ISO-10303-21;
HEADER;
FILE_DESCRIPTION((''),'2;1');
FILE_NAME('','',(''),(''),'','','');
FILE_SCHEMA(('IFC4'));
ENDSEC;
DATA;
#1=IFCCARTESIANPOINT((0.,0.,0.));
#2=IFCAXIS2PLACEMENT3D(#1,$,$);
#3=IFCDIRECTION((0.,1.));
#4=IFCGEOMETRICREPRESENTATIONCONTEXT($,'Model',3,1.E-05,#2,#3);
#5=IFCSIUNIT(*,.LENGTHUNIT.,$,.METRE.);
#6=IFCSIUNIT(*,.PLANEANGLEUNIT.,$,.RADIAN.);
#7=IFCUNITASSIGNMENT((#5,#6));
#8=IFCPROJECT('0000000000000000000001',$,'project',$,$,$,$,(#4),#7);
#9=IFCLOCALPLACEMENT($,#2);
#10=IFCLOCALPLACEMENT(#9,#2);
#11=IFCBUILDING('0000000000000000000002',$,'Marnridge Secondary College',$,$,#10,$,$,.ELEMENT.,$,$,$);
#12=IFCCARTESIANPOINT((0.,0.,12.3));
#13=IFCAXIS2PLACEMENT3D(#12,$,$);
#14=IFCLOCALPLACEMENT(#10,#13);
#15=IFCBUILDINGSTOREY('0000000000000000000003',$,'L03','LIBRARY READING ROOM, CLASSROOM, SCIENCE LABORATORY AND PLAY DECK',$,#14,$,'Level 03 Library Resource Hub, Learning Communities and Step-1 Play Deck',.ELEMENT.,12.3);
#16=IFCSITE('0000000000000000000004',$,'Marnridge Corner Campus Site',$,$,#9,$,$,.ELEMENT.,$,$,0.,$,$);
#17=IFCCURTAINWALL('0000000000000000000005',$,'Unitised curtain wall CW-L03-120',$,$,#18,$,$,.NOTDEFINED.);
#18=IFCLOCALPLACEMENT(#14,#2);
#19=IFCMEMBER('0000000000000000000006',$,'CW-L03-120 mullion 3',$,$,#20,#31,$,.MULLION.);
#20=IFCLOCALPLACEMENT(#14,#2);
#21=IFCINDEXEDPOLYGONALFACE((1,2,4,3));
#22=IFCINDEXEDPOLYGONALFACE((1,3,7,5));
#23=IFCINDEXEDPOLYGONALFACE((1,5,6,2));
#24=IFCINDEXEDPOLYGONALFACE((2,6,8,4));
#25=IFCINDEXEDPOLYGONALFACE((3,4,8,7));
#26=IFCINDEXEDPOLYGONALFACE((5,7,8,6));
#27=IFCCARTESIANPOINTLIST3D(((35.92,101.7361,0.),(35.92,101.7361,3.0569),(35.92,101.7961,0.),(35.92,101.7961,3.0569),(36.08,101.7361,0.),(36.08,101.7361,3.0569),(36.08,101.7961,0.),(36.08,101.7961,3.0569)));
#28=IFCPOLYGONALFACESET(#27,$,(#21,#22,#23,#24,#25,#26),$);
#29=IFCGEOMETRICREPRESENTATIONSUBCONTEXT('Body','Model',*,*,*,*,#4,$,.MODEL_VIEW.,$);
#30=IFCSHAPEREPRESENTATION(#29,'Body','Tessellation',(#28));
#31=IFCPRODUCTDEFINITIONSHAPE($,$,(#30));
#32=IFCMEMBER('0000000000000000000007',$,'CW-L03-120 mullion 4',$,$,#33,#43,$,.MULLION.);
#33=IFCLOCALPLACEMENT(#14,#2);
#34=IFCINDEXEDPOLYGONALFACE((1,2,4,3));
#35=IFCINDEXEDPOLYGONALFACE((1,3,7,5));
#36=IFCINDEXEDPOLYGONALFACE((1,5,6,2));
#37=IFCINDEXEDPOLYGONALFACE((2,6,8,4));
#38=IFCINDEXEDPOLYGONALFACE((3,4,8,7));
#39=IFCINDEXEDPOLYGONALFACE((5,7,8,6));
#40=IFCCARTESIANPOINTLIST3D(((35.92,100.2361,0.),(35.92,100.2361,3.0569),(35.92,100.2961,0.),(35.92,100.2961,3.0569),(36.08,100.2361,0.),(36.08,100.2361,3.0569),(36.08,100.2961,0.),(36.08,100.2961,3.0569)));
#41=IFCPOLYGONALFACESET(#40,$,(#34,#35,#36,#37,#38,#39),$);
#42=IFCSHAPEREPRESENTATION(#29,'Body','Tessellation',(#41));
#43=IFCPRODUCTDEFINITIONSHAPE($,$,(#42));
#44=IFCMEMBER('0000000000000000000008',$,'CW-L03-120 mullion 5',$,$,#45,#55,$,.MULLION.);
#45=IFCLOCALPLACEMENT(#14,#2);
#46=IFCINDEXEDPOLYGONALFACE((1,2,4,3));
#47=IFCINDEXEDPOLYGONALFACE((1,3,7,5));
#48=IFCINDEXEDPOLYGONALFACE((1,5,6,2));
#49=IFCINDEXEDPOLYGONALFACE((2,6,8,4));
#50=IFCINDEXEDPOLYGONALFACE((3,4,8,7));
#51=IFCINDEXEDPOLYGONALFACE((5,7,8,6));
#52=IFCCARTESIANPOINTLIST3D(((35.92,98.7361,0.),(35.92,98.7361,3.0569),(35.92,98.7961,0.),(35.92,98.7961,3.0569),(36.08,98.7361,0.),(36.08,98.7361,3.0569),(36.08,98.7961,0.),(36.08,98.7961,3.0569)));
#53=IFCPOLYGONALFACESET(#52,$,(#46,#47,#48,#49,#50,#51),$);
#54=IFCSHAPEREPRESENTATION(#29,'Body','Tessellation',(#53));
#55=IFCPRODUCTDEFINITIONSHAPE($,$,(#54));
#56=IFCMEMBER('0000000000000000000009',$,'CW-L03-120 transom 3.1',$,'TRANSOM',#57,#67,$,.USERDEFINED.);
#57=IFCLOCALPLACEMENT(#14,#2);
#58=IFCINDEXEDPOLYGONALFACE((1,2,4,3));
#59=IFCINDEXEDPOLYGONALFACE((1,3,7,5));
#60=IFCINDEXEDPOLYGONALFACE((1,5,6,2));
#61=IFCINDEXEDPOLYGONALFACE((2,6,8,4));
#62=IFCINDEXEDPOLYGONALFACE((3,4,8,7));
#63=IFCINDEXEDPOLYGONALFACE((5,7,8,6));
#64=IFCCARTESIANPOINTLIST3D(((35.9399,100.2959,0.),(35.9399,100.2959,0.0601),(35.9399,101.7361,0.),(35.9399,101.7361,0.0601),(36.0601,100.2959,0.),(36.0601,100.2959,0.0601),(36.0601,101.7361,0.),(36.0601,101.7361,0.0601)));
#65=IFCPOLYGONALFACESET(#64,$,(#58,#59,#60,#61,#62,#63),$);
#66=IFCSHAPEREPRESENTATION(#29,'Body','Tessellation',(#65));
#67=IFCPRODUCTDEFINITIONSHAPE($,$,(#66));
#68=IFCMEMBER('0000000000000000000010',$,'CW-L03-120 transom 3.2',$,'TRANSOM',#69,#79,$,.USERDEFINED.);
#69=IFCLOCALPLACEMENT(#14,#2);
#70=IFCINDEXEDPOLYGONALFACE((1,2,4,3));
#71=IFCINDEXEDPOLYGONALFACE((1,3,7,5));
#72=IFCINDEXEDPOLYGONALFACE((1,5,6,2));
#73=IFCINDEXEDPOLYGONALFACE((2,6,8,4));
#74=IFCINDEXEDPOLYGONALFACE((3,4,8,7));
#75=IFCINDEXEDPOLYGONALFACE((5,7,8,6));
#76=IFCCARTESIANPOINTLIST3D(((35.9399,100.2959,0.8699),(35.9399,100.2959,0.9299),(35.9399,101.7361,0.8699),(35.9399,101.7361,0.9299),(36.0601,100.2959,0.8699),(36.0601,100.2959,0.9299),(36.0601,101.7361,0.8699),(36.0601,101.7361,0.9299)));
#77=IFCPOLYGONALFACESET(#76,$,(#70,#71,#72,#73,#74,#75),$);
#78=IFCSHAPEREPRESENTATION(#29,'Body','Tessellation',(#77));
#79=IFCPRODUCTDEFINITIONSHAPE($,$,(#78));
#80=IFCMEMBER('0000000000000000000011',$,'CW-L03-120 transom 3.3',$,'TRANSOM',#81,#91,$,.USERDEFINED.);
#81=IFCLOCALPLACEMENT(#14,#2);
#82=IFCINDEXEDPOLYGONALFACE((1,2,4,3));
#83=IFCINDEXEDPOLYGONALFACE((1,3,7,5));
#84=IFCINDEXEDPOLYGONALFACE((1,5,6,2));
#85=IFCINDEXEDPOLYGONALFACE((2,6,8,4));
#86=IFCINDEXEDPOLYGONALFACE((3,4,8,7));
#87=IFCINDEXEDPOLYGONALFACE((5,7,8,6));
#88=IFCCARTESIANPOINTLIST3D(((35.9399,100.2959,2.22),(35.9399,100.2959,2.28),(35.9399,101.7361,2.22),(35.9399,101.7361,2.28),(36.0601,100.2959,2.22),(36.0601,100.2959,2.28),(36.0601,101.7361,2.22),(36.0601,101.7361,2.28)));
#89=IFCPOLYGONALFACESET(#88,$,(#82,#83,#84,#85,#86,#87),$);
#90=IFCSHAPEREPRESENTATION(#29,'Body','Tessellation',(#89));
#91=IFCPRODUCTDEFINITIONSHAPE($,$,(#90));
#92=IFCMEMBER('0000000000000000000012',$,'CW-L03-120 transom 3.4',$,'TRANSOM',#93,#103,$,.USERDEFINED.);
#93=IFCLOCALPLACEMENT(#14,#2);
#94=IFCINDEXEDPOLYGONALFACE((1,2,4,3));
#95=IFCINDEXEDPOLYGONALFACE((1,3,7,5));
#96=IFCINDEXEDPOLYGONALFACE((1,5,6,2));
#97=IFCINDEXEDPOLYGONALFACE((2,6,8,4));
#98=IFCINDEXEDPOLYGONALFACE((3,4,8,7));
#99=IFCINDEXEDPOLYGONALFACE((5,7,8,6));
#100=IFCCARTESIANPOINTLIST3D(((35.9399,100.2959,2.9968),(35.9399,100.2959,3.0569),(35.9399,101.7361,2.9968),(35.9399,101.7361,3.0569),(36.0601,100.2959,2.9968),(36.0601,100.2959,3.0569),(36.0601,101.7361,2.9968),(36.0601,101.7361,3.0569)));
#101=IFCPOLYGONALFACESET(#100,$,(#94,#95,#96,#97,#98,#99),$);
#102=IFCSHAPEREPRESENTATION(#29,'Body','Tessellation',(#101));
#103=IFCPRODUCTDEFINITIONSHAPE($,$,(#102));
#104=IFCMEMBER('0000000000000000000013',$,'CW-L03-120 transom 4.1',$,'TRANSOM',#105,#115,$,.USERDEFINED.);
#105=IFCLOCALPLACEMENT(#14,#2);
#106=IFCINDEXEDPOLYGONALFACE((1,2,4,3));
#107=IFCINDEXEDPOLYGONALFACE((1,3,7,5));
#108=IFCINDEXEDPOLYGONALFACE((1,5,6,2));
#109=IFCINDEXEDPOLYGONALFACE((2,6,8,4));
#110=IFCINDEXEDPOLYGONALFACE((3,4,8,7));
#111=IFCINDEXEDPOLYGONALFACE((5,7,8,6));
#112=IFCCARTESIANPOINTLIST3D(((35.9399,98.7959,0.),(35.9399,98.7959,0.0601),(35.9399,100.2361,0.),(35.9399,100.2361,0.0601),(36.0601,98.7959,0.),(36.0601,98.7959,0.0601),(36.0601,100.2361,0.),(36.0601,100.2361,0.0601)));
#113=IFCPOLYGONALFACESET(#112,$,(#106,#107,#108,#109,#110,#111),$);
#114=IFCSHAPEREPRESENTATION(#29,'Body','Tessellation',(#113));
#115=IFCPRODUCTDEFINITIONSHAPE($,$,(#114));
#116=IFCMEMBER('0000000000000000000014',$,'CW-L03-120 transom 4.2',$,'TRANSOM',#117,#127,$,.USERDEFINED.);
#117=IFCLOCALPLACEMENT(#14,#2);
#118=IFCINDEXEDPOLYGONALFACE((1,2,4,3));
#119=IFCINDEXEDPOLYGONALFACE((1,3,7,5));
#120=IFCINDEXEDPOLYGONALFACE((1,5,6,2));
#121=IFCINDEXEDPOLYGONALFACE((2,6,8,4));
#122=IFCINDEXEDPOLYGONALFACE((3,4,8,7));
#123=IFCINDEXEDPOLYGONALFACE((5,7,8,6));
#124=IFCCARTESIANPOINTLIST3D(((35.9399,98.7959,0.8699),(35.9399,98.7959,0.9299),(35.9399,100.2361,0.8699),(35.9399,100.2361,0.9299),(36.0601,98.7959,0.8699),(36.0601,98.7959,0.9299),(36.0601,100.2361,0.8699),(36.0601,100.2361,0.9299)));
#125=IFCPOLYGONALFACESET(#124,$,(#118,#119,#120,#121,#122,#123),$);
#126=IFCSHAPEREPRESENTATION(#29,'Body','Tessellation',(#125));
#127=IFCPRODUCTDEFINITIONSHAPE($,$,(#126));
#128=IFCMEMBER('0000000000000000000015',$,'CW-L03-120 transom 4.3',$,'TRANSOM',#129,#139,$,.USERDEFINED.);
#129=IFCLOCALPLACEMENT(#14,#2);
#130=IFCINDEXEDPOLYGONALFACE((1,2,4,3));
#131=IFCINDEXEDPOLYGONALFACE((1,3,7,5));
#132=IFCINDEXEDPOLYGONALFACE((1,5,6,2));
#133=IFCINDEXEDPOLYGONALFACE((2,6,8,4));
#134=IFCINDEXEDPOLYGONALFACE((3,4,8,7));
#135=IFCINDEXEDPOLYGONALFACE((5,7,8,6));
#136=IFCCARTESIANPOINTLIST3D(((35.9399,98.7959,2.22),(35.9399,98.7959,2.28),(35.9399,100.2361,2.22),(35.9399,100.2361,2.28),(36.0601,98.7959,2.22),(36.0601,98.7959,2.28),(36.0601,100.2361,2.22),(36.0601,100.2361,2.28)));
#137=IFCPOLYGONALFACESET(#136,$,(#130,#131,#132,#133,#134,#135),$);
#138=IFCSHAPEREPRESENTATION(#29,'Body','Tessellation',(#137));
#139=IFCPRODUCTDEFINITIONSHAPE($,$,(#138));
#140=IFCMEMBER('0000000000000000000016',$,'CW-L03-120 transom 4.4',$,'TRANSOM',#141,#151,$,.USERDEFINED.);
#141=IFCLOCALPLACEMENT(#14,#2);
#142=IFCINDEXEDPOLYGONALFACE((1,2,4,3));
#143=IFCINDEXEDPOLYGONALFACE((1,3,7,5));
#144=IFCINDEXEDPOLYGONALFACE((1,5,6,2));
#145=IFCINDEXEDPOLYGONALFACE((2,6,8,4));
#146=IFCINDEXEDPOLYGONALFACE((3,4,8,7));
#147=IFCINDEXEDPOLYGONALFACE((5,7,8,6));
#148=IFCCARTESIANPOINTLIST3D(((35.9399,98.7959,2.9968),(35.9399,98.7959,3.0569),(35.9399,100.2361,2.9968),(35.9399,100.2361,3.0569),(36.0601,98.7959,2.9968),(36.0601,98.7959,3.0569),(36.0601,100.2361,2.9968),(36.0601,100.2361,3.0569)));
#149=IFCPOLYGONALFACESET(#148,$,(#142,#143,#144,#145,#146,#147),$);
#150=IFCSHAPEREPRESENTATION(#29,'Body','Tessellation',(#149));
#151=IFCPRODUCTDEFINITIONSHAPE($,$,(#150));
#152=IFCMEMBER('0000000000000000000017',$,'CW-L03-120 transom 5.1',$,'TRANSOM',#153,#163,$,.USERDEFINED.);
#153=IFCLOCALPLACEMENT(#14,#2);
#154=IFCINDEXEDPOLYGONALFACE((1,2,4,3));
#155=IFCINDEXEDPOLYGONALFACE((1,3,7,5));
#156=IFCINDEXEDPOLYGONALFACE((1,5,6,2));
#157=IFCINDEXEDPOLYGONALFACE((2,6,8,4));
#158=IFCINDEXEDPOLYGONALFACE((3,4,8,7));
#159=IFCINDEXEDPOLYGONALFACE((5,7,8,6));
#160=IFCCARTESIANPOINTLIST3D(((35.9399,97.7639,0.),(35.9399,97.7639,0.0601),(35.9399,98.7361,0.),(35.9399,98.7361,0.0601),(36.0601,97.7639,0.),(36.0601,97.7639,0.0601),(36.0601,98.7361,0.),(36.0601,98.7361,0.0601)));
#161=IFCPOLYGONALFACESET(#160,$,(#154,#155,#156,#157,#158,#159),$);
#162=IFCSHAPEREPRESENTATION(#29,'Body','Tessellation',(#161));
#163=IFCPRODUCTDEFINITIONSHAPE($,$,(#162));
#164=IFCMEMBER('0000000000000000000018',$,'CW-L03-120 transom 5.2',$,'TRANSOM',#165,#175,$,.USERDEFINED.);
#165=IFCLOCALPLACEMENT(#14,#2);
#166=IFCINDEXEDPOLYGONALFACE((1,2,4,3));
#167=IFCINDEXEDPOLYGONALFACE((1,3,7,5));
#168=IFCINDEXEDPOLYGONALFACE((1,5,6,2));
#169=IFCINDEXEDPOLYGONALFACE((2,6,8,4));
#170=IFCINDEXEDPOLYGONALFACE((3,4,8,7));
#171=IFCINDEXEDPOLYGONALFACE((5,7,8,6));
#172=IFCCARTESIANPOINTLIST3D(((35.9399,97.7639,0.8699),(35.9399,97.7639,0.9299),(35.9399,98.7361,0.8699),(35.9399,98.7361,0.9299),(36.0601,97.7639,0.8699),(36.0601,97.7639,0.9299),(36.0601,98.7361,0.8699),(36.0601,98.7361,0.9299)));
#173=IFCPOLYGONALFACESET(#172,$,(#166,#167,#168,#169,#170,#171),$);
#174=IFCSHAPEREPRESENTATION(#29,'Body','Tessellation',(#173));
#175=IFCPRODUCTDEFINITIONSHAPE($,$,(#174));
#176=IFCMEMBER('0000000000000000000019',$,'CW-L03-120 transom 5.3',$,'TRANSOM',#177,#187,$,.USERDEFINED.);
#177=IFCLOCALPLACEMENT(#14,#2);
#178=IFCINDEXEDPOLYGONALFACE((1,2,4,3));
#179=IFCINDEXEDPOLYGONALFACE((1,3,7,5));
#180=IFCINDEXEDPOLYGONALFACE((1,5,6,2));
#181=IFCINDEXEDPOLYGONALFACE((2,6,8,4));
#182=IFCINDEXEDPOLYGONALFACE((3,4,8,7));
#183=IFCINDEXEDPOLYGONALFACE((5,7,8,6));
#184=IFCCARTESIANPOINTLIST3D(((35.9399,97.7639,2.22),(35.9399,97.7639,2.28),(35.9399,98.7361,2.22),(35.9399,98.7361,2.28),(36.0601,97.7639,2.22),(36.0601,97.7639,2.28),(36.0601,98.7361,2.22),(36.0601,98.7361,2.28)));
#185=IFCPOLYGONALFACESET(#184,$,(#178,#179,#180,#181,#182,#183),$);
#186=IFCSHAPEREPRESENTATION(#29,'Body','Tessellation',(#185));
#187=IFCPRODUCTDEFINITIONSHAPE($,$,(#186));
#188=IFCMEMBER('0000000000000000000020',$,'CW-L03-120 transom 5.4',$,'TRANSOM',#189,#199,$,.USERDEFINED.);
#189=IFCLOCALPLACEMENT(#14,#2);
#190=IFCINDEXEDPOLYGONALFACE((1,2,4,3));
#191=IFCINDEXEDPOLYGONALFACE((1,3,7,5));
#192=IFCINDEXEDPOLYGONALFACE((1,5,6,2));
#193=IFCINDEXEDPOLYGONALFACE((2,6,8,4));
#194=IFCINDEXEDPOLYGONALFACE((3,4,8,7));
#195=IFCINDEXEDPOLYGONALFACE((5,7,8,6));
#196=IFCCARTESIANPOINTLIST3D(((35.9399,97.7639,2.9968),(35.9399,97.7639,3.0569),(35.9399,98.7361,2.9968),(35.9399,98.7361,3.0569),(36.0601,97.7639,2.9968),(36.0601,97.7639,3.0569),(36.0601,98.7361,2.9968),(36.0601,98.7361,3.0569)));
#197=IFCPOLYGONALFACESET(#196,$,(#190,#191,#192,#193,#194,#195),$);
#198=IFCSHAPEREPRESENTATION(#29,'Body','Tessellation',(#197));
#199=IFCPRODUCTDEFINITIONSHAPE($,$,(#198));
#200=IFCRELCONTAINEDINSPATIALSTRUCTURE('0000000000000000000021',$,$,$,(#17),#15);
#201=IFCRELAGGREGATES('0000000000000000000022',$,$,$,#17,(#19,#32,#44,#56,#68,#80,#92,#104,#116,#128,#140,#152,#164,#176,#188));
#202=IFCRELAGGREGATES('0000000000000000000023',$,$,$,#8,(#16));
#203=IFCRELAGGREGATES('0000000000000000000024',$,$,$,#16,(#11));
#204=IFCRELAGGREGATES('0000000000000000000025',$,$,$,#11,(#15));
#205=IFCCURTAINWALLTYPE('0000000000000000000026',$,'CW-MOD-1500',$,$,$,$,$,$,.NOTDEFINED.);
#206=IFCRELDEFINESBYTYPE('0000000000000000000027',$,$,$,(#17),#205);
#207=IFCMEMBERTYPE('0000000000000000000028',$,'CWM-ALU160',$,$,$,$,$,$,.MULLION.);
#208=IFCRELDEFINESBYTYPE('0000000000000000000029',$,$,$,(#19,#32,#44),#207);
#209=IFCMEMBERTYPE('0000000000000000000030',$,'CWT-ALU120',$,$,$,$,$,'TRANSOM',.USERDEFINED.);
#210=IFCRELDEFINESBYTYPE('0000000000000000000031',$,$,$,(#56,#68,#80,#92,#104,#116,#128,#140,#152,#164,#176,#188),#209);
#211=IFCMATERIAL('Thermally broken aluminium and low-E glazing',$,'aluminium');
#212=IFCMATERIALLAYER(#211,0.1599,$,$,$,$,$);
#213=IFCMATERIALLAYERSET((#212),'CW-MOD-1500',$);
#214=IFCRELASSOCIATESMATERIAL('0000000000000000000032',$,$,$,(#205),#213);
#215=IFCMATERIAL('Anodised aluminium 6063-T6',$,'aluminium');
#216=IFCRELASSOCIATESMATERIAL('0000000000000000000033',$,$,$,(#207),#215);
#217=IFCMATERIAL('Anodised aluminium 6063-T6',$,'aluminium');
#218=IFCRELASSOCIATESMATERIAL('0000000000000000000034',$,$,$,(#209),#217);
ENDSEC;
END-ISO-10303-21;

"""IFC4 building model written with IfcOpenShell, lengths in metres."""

from ifc_helpers import new_model, si_unit, direction, frame, origin, origin_2d, place, context, subcontext, project, spatial, rectangle, extrude, material, layer, layer_set, material_profile, profile_set, type_object, element, aggregate, save


model = new_model("IFC4")

# Units and contexts
model_context = context("Model", 3, precision=1e-05, world=origin(), true_north=direction((0.0, 1.0)))
body_context = subcontext(model_context, "Body", "Model", "MODEL_VIEW")
ifc_project = project(units=[si_unit("LENGTHUNIT", "METRE"), si_unit("PLANEANGLEUNIT", "RADIAN")], contexts=[model_context])

# Site, building, storey
site_placement = place(None, origin())
site = spatial("IfcSite", under=ifc_project, at=site_placement, Name="Marnridge Corner Campus Site", CompositionType="ELEMENT", RefElevation=0.0)
building_placement = place(site_placement, origin())
building = spatial("IfcBuilding", under=site, at=building_placement, Name="Marnridge Secondary College", CompositionType="ELEMENT")
storey_placement = place(building_placement, frame((0.0, 0.0, 12.3)))
storey = spatial("IfcBuildingStorey", under=building, at=storey_placement, Name="L03", Description="LIBRARY READING ROOM, CLASSROOM, SCIENCE LABORATORY AND PLAY DECK", LongName="Level 03 Library Resource Hub, Learning Communities and Step-1 Play Deck", CompositionType="ELEMENT", Elevation=12.3)

# Curtain wall, members
ifc_material_1 = material(Name="Thermally broken aluminium and low-E glazing", Category="aluminium")
ifc_layer_1 = layer(ifc_material_1, 0.1599)
ifc_layer_set_1 = layer_set([ifc_layer_1], Name="CW-MOD-1500")
curtain_wall_type = type_object("IfcCurtainWallType", Name="CW-MOD-1500", PredefinedType="NOTDEFINED", material=ifc_layer_set_1)
curtain_wall_placement = place(storey_placement, origin())
curtain_wall = element("IfcCurtainWall", 1, at=curtain_wall_placement, inside=storey, type_object=curtain_wall_type, Name="Unitised curtain wall CW-L03-120", PredefinedType="NOTDEFINED")
ifc_material_2 = material(Name="Anodised aluminium 6063-T6", Category="aluminium")
ifc_material_profile_1 = material_profile(ifc_material_2, rectangle(XDim=0.0601, YDim=0.1599, at=origin_2d()), Name="ALU 60x160")
ifc_profile_set_1 = profile_set([ifc_material_profile_1], Name="Anodised aluminium 6063-T6")
member_type_1 = type_object("IfcMemberType", Name="CWM-ALU160", PredefinedType="MULLION", material=ifc_profile_set_1)
member_1_placement = place(storey_placement, frame((36.0, 101.7661, 0.0), z_axis=(0.0, 0.0, 1.0), x_axis=(0.0, -1.0, 0.0)))
member_1 = element("IfcMember", 2, at=member_1_placement, type_object=member_type_1, Name="CW-L03-120 mullion 3", PredefinedType="MULLION", context=body_context, shape_type="SweptSolid", body=[
    extrude(rectangle(XDim=0.0601, YDim=0.1599, at=origin_2d()), origin(), (0.0, 0.0, 1.0), 3.0569),
])
member_2_placement = place(storey_placement, frame((36.0, 100.2661, 0.0), z_axis=(0.0, 0.0, 1.0), x_axis=(0.0, -1.0, 0.0)))
member_2 = element("IfcMember", 3, at=member_2_placement, type_object=member_type_1, Name="CW-L03-120 mullion 4", PredefinedType="MULLION", context=body_context, shape_type="SweptSolid", body=[
    extrude(rectangle(XDim=0.0601, YDim=0.1599, at=origin_2d()), origin(), (0.0, 0.0, 1.0), 3.0569),
])
member_3_placement = place(storey_placement, frame((36.0, 98.7661, 0.0), z_axis=(0.0, 0.0, 1.0), x_axis=(0.0, -1.0, 0.0)))
member_3 = element("IfcMember", 4, at=member_3_placement, type_object=member_type_1, Name="CW-L03-120 mullion 5", PredefinedType="MULLION", context=body_context, shape_type="SweptSolid", body=[
    extrude(rectangle(XDim=0.0601, YDim=0.1599, at=origin_2d()), origin(), (0.0, 0.0, 1.0), 3.0569),
])
ifc_material_3 = material(Name="Anodised aluminium 6063-T6", Category="aluminium")
ifc_material_profile_2 = material_profile(ifc_material_3, rectangle(XDim=0.0601, YDim=0.1201, at=origin_2d()), Name="ALU 60x120")
ifc_profile_set_2 = profile_set([ifc_material_profile_2], Name="Anodised aluminium 6063-T6")
member_type_2 = type_object("IfcMemberType", Name="CWT-ALU120", ElementType="TRANSOM", PredefinedType="USERDEFINED", material=ifc_profile_set_2)
member_4_placement = place(storey_placement, frame((36.0, 101.7361, 0.03), z_axis=(0.0, -1.0, 0.0), x_axis=(0.0, 0.0, 1.0)))
member_4 = element("IfcMember", 5, at=member_4_placement, type_object=member_type_2, Name="CW-L03-120 transom 3.1", ObjectType="TRANSOM", PredefinedType="USERDEFINED", context=body_context, shape_type="SweptSolid", body=[
    extrude(rectangle(XDim=0.0601, YDim=0.1201, at=origin_2d()), origin(), (0.0, 0.0, 1.0), 1.4402),
])
member_5_placement = place(storey_placement, frame((36.0, 101.7361, 0.8999), z_axis=(0.0, -1.0, 0.0), x_axis=(0.0, 0.0, 1.0)))
member_5 = element("IfcMember", 6, at=member_5_placement, type_object=member_type_2, Name="CW-L03-120 transom 3.2", ObjectType="TRANSOM", PredefinedType="USERDEFINED", context=body_context, shape_type="SweptSolid", body=[
    extrude(rectangle(XDim=0.0601, YDim=0.1201, at=origin_2d()), origin(), (0.0, 0.0, 1.0), 1.4402),
])
member_6_placement = place(storey_placement, frame((36.0, 101.7361, 2.25), z_axis=(0.0, -1.0, 0.0), x_axis=(0.0, 0.0, 1.0)))
member_6 = element("IfcMember", 7, at=member_6_placement, type_object=member_type_2, Name="CW-L03-120 transom 3.3", ObjectType="TRANSOM", PredefinedType="USERDEFINED", context=body_context, shape_type="SweptSolid", body=[
    extrude(rectangle(XDim=0.0601, YDim=0.1201, at=origin_2d()), origin(), (0.0, 0.0, 1.0), 1.4402),
])
member_7_placement = place(storey_placement, frame((36.0, 101.7361, 3.0269), z_axis=(0.0, -1.0, 0.0), x_axis=(0.0, 0.0, 1.0)))
member_7 = element("IfcMember", 8, at=member_7_placement, type_object=member_type_2, Name="CW-L03-120 transom 3.4", ObjectType="TRANSOM", PredefinedType="USERDEFINED", context=body_context, shape_type="SweptSolid", body=[
    extrude(rectangle(XDim=0.0601, YDim=0.1201, at=origin_2d()), origin(), (0.0, 0.0, 1.0), 1.4402),
])
member_8_placement = place(storey_placement, frame((36.0, 100.2361, 0.03), z_axis=(0.0, -1.0, 0.0), x_axis=(0.0, 0.0, 1.0)))
member_8 = element("IfcMember", 9, at=member_8_placement, type_object=member_type_2, Name="CW-L03-120 transom 4.1", ObjectType="TRANSOM", PredefinedType="USERDEFINED", context=body_context, shape_type="SweptSolid", body=[
    extrude(rectangle(XDim=0.0601, YDim=0.1201, at=origin_2d()), origin(), (0.0, 0.0, 1.0), 1.4402),
])
member_9_placement = place(storey_placement, frame((36.0, 100.2361, 0.8999), z_axis=(0.0, -1.0, 0.0), x_axis=(0.0, 0.0, 1.0)))
member_9 = element("IfcMember", 10, at=member_9_placement, type_object=member_type_2, Name="CW-L03-120 transom 4.2", ObjectType="TRANSOM", PredefinedType="USERDEFINED", context=body_context, shape_type="SweptSolid", body=[
    extrude(rectangle(XDim=0.0601, YDim=0.1201, at=origin_2d()), origin(), (0.0, 0.0, 1.0), 1.4402),
])
member_10_placement = place(storey_placement, frame((36.0, 100.2361, 2.25), z_axis=(0.0, -1.0, 0.0), x_axis=(0.0, 0.0, 1.0)))
member_10 = element("IfcMember", 11, at=member_10_placement, type_object=member_type_2, Name="CW-L03-120 transom 4.3", ObjectType="TRANSOM", PredefinedType="USERDEFINED", context=body_context, shape_type="SweptSolid", body=[
    extrude(rectangle(XDim=0.0601, YDim=0.1201, at=origin_2d()), origin(), (0.0, 0.0, 1.0), 1.4402),
])
member_11_placement = place(storey_placement, frame((36.0, 100.2361, 3.0269), z_axis=(0.0, -1.0, 0.0), x_axis=(0.0, 0.0, 1.0)))
member_11 = element("IfcMember", 12, at=member_11_placement, type_object=member_type_2, Name="CW-L03-120 transom 4.4", ObjectType="TRANSOM", PredefinedType="USERDEFINED", context=body_context, shape_type="SweptSolid", body=[
    extrude(rectangle(XDim=0.0601, YDim=0.1201, at=origin_2d()), origin(), (0.0, 0.0, 1.0), 1.4402),
])
member_12_placement = place(storey_placement, frame((36.0, 98.7361, 0.03), z_axis=(0.0, -1.0, 0.0), x_axis=(0.0, 0.0, 1.0)))
member_12 = element("IfcMember", 13, at=member_12_placement, type_object=member_type_2, Name="CW-L03-120 transom 5.1", ObjectType="TRANSOM", PredefinedType="USERDEFINED", context=body_context, shape_type="SweptSolid", body=[
    extrude(rectangle(XDim=0.0601, YDim=0.1201, at=origin_2d()), origin(), (0.0, 0.0, 1.0), 0.9722),
])
member_13_placement = place(storey_placement, frame((36.0, 98.7361, 0.8999), z_axis=(0.0, -1.0, 0.0), x_axis=(0.0, 0.0, 1.0)))
member_13 = element("IfcMember", 14, at=member_13_placement, type_object=member_type_2, Name="CW-L03-120 transom 5.2", ObjectType="TRANSOM", PredefinedType="USERDEFINED", context=body_context, shape_type="SweptSolid", body=[
    extrude(rectangle(XDim=0.0601, YDim=0.1201, at=origin_2d()), origin(), (0.0, 0.0, 1.0), 0.9722),
])
member_14_placement = place(storey_placement, frame((36.0, 98.7361, 2.25), z_axis=(0.0, -1.0, 0.0), x_axis=(0.0, 0.0, 1.0)))
member_14 = element("IfcMember", 15, at=member_14_placement, type_object=member_type_2, Name="CW-L03-120 transom 5.3", ObjectType="TRANSOM", PredefinedType="USERDEFINED", context=body_context, shape_type="SweptSolid", body=[
    extrude(rectangle(XDim=0.0601, YDim=0.1201, at=origin_2d()), origin(), (0.0, 0.0, 1.0), 0.9722),
])
member_15_placement = place(storey_placement, frame((36.0, 98.7361, 3.0269), z_axis=(0.0, -1.0, 0.0), x_axis=(0.0, 0.0, 1.0)))
member_15 = element("IfcMember", 16, at=member_15_placement, type_object=member_type_2, Name="CW-L03-120 transom 5.4", ObjectType="TRANSOM", PredefinedType="USERDEFINED", context=body_context, shape_type="SweptSolid", body=[
    extrude(rectangle(XDim=0.0601, YDim=0.1201, at=origin_2d()), origin(), (0.0, 0.0, 1.0), 0.9722),
])
aggregate(curtain_wall, [member_1, member_2, member_3, member_4, member_5, member_6, member_7, member_8, member_9, member_10, member_11, member_12, member_13, member_14, member_15])

save(model, "model.ifc")
